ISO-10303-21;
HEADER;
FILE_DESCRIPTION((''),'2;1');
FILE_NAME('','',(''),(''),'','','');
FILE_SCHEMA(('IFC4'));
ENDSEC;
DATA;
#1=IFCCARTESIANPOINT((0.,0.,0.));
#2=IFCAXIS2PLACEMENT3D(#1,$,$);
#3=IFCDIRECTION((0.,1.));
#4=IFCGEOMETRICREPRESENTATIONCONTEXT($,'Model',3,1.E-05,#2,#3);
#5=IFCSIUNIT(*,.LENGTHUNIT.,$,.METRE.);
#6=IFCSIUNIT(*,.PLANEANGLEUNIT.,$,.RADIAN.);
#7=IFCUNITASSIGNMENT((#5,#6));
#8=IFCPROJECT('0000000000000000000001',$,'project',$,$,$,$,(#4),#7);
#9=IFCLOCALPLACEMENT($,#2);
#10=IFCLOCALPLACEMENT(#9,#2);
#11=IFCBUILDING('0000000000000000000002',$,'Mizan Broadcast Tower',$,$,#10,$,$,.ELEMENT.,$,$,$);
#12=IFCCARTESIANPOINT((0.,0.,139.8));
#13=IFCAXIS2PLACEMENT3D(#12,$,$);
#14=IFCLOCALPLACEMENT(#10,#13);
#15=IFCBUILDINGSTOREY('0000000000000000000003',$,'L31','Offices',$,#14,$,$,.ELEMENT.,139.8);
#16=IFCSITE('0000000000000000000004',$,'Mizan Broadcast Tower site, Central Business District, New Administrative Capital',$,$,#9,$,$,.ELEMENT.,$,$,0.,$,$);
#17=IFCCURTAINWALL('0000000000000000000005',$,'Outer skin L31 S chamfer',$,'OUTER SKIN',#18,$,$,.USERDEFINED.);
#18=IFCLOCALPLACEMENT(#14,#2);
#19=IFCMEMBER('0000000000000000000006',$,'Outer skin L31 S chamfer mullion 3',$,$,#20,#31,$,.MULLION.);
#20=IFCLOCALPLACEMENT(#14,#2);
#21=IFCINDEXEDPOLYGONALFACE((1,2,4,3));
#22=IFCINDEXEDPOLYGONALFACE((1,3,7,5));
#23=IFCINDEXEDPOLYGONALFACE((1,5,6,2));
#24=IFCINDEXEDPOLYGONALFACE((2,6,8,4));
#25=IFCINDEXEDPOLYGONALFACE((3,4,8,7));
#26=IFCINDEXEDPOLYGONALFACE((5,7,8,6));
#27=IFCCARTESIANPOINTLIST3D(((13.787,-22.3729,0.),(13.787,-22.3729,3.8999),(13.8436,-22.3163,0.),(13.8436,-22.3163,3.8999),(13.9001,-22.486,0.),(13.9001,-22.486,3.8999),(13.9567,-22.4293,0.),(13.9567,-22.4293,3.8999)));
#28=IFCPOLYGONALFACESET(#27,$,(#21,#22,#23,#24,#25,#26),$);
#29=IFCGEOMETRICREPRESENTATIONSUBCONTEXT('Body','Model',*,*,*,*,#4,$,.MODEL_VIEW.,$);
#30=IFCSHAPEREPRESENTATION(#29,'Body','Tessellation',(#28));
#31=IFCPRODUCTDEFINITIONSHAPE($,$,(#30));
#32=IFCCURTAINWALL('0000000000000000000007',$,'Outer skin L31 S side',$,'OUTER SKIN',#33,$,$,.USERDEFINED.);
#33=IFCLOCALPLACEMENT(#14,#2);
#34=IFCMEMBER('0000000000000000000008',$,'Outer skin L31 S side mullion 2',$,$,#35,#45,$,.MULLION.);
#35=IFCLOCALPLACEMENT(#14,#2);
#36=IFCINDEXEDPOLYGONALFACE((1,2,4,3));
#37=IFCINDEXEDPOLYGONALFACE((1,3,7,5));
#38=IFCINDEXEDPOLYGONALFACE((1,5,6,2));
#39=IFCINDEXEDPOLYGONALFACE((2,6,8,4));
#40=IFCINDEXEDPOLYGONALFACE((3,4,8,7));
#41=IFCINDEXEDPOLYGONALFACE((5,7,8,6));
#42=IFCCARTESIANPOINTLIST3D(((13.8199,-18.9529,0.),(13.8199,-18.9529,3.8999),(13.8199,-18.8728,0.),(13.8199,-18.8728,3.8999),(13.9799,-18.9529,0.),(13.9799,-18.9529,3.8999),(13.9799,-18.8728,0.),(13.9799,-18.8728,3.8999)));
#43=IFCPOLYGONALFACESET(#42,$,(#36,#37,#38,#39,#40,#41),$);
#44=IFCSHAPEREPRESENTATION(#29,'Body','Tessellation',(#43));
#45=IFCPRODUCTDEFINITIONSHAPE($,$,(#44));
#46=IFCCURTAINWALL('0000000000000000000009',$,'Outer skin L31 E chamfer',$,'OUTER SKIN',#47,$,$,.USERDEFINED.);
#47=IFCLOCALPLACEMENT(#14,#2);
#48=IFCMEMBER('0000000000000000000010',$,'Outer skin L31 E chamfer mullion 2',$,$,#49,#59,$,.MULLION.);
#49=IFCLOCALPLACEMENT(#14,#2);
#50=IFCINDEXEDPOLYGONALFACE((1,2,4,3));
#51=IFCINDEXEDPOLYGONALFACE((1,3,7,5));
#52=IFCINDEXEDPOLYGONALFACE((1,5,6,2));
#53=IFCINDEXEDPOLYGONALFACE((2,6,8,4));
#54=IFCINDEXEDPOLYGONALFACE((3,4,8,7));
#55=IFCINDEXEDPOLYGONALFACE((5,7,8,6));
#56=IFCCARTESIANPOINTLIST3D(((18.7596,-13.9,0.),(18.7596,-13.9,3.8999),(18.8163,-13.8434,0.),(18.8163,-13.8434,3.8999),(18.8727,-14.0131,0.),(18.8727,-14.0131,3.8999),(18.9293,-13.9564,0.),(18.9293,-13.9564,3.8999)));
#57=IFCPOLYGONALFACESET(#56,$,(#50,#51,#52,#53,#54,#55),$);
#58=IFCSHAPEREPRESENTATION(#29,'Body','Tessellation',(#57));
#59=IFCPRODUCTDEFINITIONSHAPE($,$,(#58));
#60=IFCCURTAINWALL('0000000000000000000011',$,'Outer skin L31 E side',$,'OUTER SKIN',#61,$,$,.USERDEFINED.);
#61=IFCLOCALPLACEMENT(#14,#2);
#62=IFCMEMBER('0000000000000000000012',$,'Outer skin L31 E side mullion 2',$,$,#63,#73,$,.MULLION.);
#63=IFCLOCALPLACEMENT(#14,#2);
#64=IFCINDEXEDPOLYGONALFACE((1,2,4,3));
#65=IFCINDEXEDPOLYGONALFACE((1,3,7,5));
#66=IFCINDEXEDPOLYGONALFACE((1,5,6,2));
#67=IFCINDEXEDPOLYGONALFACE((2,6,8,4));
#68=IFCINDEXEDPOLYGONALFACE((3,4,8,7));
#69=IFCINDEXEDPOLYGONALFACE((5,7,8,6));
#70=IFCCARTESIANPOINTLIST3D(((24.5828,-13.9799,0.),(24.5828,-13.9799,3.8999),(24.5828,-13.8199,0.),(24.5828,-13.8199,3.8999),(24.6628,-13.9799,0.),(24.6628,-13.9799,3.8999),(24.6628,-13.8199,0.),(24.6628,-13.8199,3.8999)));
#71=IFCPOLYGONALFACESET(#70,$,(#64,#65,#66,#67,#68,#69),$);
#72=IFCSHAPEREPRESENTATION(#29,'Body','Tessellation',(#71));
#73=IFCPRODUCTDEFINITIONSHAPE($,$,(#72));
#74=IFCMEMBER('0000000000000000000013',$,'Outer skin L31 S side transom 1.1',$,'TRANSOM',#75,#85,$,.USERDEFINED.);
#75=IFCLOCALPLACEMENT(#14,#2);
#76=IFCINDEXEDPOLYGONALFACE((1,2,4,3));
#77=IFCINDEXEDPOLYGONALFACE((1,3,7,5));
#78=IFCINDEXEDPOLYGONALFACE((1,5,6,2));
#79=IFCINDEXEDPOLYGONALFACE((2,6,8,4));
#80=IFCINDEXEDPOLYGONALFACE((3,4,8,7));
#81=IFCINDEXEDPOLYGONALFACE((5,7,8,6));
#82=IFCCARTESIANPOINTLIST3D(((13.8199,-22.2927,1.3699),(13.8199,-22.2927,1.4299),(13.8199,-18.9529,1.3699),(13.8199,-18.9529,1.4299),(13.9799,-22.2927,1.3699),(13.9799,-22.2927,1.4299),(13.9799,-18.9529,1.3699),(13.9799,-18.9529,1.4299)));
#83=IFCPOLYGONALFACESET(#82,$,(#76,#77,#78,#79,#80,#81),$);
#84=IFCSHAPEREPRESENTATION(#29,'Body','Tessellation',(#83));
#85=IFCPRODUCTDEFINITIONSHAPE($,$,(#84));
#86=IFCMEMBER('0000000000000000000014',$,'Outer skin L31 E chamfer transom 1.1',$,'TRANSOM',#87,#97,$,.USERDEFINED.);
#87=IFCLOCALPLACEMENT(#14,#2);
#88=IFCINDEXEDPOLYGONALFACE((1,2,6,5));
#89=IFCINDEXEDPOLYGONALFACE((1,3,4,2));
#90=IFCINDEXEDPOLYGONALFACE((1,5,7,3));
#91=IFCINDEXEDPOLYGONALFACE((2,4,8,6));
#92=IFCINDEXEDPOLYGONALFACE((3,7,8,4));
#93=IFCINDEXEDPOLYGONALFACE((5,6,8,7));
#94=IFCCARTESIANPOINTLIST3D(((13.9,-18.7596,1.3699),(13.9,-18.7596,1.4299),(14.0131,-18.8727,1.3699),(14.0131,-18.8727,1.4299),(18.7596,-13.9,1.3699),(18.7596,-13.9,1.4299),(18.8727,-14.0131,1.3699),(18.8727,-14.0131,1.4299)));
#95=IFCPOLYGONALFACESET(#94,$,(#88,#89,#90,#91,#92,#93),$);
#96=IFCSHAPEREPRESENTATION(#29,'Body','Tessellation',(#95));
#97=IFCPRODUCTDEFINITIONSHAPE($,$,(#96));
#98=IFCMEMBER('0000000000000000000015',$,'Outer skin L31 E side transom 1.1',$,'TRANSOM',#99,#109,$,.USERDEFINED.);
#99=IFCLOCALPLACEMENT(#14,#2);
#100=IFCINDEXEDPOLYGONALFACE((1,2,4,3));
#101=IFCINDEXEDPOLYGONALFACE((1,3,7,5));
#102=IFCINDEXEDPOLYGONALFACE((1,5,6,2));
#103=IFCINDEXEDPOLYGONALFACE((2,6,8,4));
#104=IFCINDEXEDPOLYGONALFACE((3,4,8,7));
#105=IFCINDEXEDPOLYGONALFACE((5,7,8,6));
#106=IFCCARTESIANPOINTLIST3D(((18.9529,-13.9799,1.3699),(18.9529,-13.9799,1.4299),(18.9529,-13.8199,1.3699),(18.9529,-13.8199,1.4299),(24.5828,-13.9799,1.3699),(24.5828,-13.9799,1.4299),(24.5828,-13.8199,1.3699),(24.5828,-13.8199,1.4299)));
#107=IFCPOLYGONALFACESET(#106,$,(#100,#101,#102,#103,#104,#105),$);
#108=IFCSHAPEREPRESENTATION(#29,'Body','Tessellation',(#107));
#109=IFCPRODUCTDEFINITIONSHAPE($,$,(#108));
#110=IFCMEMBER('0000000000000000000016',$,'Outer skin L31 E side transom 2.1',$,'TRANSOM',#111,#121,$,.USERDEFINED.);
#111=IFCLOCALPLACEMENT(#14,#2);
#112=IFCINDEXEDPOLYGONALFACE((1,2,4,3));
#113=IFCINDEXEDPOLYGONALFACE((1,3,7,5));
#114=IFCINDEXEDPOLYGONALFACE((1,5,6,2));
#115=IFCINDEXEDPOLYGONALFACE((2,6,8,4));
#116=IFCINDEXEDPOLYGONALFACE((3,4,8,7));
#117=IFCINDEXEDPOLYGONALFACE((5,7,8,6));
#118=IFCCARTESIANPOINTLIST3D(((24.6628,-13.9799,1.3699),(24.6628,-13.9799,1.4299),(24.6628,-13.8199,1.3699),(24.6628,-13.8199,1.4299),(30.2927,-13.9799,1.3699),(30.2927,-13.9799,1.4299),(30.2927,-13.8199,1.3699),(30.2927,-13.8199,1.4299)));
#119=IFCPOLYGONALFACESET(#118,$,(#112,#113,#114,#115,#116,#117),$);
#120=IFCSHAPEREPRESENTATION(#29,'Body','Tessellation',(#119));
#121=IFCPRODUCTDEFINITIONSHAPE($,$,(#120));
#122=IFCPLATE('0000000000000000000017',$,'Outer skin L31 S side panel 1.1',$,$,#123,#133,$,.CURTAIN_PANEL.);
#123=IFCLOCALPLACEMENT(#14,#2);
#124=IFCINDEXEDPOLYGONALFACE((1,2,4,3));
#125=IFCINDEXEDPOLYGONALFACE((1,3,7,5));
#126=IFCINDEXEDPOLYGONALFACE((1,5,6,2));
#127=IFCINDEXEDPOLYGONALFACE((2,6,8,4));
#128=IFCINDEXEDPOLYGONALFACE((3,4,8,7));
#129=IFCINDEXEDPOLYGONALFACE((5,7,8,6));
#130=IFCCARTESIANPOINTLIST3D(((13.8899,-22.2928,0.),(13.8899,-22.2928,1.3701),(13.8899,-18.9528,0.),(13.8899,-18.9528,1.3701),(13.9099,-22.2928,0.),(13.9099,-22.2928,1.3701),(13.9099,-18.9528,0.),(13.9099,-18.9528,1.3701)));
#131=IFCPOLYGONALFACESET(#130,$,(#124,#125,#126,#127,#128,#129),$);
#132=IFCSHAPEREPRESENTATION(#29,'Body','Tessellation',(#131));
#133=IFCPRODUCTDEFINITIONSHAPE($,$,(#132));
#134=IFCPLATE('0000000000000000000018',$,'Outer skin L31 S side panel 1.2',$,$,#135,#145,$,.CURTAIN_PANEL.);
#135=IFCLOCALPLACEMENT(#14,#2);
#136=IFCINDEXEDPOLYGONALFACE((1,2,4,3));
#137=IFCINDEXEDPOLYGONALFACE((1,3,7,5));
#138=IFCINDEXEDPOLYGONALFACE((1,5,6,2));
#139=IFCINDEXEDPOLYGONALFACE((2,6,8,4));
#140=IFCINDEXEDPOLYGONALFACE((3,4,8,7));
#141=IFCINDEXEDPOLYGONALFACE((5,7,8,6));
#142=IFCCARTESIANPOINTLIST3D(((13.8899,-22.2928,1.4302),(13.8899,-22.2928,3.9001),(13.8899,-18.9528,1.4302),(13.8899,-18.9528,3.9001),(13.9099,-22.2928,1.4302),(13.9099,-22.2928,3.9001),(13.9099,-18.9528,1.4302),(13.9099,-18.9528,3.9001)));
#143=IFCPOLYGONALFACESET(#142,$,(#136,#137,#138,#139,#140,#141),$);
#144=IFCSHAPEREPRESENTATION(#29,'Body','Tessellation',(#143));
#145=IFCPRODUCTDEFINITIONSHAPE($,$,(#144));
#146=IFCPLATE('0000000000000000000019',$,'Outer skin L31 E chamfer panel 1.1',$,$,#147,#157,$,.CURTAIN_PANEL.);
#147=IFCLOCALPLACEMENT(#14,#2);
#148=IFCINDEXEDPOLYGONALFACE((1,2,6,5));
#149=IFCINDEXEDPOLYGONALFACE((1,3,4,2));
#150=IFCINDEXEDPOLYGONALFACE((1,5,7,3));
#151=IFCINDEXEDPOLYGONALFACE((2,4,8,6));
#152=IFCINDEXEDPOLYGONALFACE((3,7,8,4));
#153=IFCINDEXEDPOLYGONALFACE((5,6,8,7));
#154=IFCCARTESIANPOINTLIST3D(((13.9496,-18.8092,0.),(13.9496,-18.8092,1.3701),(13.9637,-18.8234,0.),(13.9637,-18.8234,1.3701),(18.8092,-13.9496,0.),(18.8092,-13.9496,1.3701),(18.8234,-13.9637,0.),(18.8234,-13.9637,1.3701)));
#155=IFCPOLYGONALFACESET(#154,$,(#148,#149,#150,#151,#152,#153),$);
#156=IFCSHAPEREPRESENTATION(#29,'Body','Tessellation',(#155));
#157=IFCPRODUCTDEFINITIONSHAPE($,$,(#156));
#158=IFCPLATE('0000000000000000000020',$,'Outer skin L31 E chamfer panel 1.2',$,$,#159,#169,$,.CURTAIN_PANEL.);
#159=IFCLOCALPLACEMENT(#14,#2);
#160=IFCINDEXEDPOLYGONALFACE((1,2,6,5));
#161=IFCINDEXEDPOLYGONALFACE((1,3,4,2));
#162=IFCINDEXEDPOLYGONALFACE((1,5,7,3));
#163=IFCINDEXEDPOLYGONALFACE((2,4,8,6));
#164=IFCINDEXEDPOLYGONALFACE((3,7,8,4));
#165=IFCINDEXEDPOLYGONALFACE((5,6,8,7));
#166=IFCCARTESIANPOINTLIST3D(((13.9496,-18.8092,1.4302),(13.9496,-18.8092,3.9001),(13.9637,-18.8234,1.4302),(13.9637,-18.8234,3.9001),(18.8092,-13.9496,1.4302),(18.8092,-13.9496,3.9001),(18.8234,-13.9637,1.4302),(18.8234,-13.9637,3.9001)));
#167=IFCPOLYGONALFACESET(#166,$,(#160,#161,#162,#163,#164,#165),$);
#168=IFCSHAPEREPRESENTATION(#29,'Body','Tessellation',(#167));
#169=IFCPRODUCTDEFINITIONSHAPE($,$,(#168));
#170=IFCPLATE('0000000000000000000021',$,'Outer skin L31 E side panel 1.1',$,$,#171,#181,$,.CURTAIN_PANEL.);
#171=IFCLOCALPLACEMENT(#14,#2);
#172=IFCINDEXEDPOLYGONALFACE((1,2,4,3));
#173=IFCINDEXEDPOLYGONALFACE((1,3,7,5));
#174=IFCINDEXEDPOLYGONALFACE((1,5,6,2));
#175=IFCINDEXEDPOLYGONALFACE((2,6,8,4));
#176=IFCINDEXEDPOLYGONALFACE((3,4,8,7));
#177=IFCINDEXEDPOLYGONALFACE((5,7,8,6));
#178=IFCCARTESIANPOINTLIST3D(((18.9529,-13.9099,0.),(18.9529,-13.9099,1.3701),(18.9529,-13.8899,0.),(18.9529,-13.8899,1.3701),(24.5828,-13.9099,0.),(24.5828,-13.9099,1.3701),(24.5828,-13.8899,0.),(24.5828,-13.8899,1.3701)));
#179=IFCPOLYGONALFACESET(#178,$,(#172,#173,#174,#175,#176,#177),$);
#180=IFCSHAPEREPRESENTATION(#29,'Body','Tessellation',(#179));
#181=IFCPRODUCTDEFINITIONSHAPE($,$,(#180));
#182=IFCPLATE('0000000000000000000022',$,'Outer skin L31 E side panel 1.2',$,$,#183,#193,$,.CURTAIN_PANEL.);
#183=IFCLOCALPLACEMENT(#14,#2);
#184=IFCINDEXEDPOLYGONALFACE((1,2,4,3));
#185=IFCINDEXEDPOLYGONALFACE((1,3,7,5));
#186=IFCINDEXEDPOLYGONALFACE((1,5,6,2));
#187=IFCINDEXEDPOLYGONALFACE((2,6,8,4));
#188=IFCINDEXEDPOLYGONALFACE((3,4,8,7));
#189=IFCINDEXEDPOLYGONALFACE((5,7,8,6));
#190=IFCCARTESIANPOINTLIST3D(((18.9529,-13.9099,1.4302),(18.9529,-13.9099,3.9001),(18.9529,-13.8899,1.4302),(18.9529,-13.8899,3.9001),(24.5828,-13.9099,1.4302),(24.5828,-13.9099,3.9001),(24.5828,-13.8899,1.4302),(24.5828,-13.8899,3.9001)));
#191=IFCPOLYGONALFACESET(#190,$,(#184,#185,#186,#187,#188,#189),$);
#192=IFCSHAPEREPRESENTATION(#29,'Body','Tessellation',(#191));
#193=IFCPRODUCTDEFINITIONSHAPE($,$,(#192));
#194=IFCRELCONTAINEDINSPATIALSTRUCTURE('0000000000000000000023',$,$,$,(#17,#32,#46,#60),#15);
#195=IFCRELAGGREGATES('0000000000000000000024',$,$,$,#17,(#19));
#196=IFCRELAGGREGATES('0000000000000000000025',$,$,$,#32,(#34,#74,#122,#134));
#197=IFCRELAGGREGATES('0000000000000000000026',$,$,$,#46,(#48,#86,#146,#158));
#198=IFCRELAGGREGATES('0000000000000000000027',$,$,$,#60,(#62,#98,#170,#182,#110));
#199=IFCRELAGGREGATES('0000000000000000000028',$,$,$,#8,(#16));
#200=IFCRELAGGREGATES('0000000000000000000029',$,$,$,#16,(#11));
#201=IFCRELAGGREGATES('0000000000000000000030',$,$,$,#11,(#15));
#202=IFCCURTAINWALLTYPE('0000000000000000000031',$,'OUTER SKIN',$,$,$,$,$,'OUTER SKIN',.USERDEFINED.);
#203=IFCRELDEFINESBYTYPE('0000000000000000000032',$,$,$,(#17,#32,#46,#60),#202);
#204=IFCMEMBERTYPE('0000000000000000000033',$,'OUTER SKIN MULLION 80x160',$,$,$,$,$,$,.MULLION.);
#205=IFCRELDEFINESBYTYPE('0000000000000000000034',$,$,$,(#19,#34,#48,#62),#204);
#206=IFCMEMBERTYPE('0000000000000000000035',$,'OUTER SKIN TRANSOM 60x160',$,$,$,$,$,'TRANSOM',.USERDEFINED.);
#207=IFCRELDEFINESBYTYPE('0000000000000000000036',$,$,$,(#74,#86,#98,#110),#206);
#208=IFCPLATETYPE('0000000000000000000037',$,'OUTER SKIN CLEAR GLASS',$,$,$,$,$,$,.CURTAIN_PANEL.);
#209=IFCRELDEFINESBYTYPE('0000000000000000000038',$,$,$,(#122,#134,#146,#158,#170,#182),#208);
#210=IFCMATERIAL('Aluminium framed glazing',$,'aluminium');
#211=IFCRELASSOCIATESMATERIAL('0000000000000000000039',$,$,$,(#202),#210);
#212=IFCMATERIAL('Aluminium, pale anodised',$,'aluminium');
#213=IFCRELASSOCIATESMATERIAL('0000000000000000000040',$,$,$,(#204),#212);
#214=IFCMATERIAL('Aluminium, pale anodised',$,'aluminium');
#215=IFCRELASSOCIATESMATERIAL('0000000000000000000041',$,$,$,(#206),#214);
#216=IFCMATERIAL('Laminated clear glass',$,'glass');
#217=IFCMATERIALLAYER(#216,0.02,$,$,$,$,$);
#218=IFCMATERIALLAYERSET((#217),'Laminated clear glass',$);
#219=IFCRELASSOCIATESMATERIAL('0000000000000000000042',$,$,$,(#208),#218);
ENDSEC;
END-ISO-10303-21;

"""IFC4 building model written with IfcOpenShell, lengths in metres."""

from ifc_helpers import new_model, si_unit, direction, frame, origin, origin_2d, place, context, subcontext, project, spatial, rectangle, extrude, material, layer, layer_set, material_profile, profile_set, type_object, element, aggregate, save


model = new_model("IFC4")

# Units and contexts
model_context = context("Model", 3, precision=1e-05, world=origin(), true_north=direction((0.0, 1.0)))
body_context = subcontext(model_context, "Body", "Model", "MODEL_VIEW")
ifc_project = project(units=[si_unit("LENGTHUNIT", "METRE"), si_unit("PLANEANGLEUNIT", "RADIAN")], contexts=[model_context])

# Site, building, storey
site_placement = place(None, origin())
site = spatial("IfcSite", under=ifc_project, at=site_placement, Name="Mizan Broadcast Tower site, Central Business District, New Administrative Capital", CompositionType="ELEMENT", RefElevation=0.0)
building_placement = place(site_placement, origin())
building = spatial("IfcBuilding", under=site, at=building_placement, Name="Mizan Broadcast Tower", CompositionType="ELEMENT")
storey_placement = place(building_placement, frame((0.0, 0.0, 139.8)))
storey = spatial("IfcBuildingStorey", under=building, at=storey_placement, Name="L31", Description="Offices", CompositionType="ELEMENT", Elevation=139.8)

# Curtain walls, members
ifc_material_1 = material(Name="Aluminium framed glazing", Category="aluminium")
curtain_wall_type = type_object("IfcCurtainWallType", Name="OUTER SKIN", ElementType="OUTER SKIN", PredefinedType="USERDEFINED", material=ifc_material_1)
curtain_wall_1_placement = place(storey_placement, origin())
curtain_wall_1 = element("IfcCurtainWall", 1, at=curtain_wall_1_placement, inside=storey, type_object=curtain_wall_type, Name="Outer skin L31 S chamfer", ObjectType="OUTER SKIN", PredefinedType="USERDEFINED")
ifc_material_2 = material(Name="Aluminium, pale anodised", Category="aluminium")
ifc_material_profile_1 = material_profile(ifc_material_2, rectangle(XDim=0.1599, YDim=0.0801, at=origin_2d()), Name="MULLION 160x80")
ifc_profile_set_1 = profile_set([ifc_material_profile_1], Name="Aluminium, pale anodised")
member_type_1 = type_object("IfcMemberType", Name="OUTER SKIN MULLION 80x160", PredefinedType="MULLION", material=ifc_profile_set_1)
member_1_placement = place(storey_placement, frame((13.8718, -22.4011, 0.0), z_axis=(0.0, 0.0, 1.0), x_axis=(-0.707107, 0.707107, 0.0)))
member_1 = element("IfcMember", 2, at=member_1_placement, type_object=member_type_1, Name="Outer skin L31 S chamfer mullion 3", PredefinedType="MULLION", context=body_context, shape_type="SweptSolid", body=[
    extrude(rectangle(XDim=0.1599, YDim=0.0801, at=origin_2d()), origin(), (0.0, 0.0, 1.0), 3.8999),
])
aggregate(curtain_wall_1, [member_1])
curtain_wall_2_placement = place(storey_placement, origin())
curtain_wall_2 = element("IfcCurtainWall", 3, at=curtain_wall_2_placement, inside=storey, type_object=curtain_wall_type, Name="Outer skin L31 S side", ObjectType="OUTER SKIN", PredefinedType="USERDEFINED")
member_2_placement = place(storey_placement, frame((13.8999, -18.9128, 0.0), z_axis=(0.0, 0.0, 1.0), x_axis=(-1.0, 0.0, 0.0)))
member_2 = element("IfcMember", 4, at=member_2_placement, type_object=member_type_1, Name="Outer skin L31 S side mullion 2", PredefinedType="MULLION", context=body_context, shape_type="SweptSolid", body=[
    extrude(rectangle(XDim=0.1599, YDim=0.0801, at=origin_2d()), origin(), (0.0, 0.0, 1.0), 3.8999),
])
curtain_wall_3_placement = place(storey_placement, origin())
curtain_wall_3 = element("IfcCurtainWall", 5, at=curtain_wall_3_placement, inside=storey, type_object=curtain_wall_type, Name="Outer skin L31 E chamfer", ObjectType="OUTER SKIN", PredefinedType="USERDEFINED")
member_3_placement = place(storey_placement, frame((18.8445, -13.9282, 0.0), z_axis=(0.0, 0.0, 1.0), x_axis=(-0.707107, 0.707107, 0.0)))
member_3 = element("IfcMember", 6, at=member_3_placement, type_object=member_type_1, Name="Outer skin L31 E chamfer mullion 2", PredefinedType="MULLION", context=body_context, shape_type="SweptSolid", body=[
    extrude(rectangle(XDim=0.1599, YDim=0.0801, at=origin_2d()), origin(), (0.0, 0.0, 1.0), 3.8999),
])
curtain_wall_4_placement = place(storey_placement, origin())
curtain_wall_4 = element("IfcCurtainWall", 7, at=curtain_wall_4_placement, inside=storey, type_object=curtain_wall_type, Name="Outer skin L31 E side", ObjectType="OUTER SKIN", PredefinedType="USERDEFINED")
member_4_placement = place(storey_placement, frame((24.6228, -13.8999, 0.0), z_axis=(0.0, 0.0, 1.0), x_axis=(0.0, 1.0, 0.0)))
member_4 = element("IfcMember", 8, at=member_4_placement, type_object=member_type_1, Name="Outer skin L31 E side mullion 2", PredefinedType="MULLION", context=body_context, shape_type="SweptSolid", body=[
    extrude(rectangle(XDim=0.1599, YDim=0.0801, at=origin_2d()), origin(), (0.0, 0.0, 1.0), 3.8999),
])

# Members
ifc_material_3 = material(Name="Aluminium, pale anodised", Category="aluminium")
ifc_material_profile_2 = material_profile(ifc_material_3, rectangle(XDim=0.1599, YDim=0.0601, at=origin_2d()), Name="TRANSOM 160x60")
ifc_profile_set_2 = profile_set([ifc_material_profile_2], Name="Aluminium, pale anodised")
member_type_2 = type_object("IfcMemberType", Name="OUTER SKIN TRANSOM 60x160", ElementType="TRANSOM", PredefinedType="USERDEFINED", material=ifc_profile_set_2)
member_5_placement = place(storey_placement, frame((13.8999, -22.2927, 1.3999), z_axis=(0.0, 1.0, 0.0), x_axis=(-1.0, 0.0, 0.0)))
member_5 = element("IfcMember", 9, at=member_5_placement, type_object=member_type_2, Name="Outer skin L31 S side transom 1.1", ObjectType="TRANSOM", PredefinedType="USERDEFINED", context=body_context, shape_type="SweptSolid", body=[
    extrude(rectangle(XDim=0.1599, YDim=0.0601, at=origin_2d()), origin(), (0.0, 0.0, 1.0), 3.3398),
])
member_6_placement = place(storey_placement, frame((13.9565, -18.8162, 1.3999), z_axis=(0.707107, 0.707107, 0.0), x_axis=(-0.707107, 0.707107, 0.0)))
member_6 = element("IfcMember", 10, at=member_6_placement, type_object=member_type_2, Name="Outer skin L31 E chamfer transom 1.1", ObjectType="TRANSOM", PredefinedType="USERDEFINED", context=body_context, shape_type="SweptSolid", body=[
    extrude(rectangle(XDim=0.1599, YDim=0.0601, at=origin_2d()), origin(), (0.0, 0.0, 1.0), 6.8726),
])
member_7_placement = place(storey_placement, frame((18.9529, -13.8999, 1.3999), z_axis=(1.0, 0.0, 0.0), x_axis=(0.0, 1.0, 0.0)))
member_7 = element("IfcMember", 11, at=member_7_placement, type_object=member_type_2, Name="Outer skin L31 E side transom 1.1", ObjectType="TRANSOM", PredefinedType="USERDEFINED", context=body_context, shape_type="SweptSolid", body=[
    extrude(rectangle(XDim=0.1599, YDim=0.0601, at=origin_2d()), origin(), (0.0, 0.0, 1.0), 5.6299),
])
member_8_placement = place(storey_placement, frame((24.6628, -13.8999, 1.3999), z_axis=(1.0, 0.0, 0.0), x_axis=(0.0, 1.0, 0.0)))
member_8 = element("IfcMember", 12, at=member_8_placement, type_object=member_type_2, Name="Outer skin L31 E side transom 2.1", ObjectType="TRANSOM", PredefinedType="USERDEFINED", context=body_context, shape_type="SweptSolid", body=[
    extrude(rectangle(XDim=0.1599, YDim=0.0601, at=origin_2d()), origin(), (0.0, 0.0, 1.0), 5.6299),
])

# Plates
ifc_material_4 = material(Name="Laminated clear glass", Category="glass")
ifc_layer = layer(ifc_material_4, 0.02)
ifc_layer_set = layer_set([ifc_layer], Name="Laminated clear glass")
plate_type = type_object("IfcPlateType", Name="OUTER SKIN CLEAR GLASS", PredefinedType="CURTAIN_PANEL", material=ifc_layer_set)
plate_1_placement = place(storey_placement, frame((13.8999, -20.6228, 0.0), z_axis=(0.0, 0.0, 1.0), x_axis=(0.0, 1.0, 0.0)))
plate_1 = element("IfcPlate", 13, at=plate_1_placement, type_object=plate_type, Name="Outer skin L31 S side panel 1.1", PredefinedType="CURTAIN_PANEL", context=body_context, shape_type="SweptSolid", body=[
    extrude(rectangle(XDim=3.3401, YDim=0.02, at=origin_2d()), origin(), (0.0, 0.0, 1.0), 1.3701),
])
plate_2_placement = place(storey_placement, frame((13.8999, -20.6228, 1.4302), z_axis=(0.0, 0.0, 1.0), x_axis=(0.0, 1.0, 0.0)))
plate_2 = element("IfcPlate", 14, at=plate_2_placement, type_object=plate_type, Name="Outer skin L31 S side panel 1.2", PredefinedType="CURTAIN_PANEL", context=body_context, shape_type="SweptSolid", body=[
    extrude(rectangle(XDim=3.3401, YDim=0.02, at=origin_2d()), origin(), (0.0, 0.0, 1.0), 2.47),
])
aggregate(curtain_wall_2, [member_2, member_5, plate_1, plate_2])
plate_3_placement = place(storey_placement, frame((16.3865, -16.3865, 0.0), z_axis=(0.0, 0.0, 1.0), x_axis=(0.707107, 0.707107, 0.0)))
plate_3 = element("IfcPlate", 15, at=plate_3_placement, type_object=plate_type, Name="Outer skin L31 E chamfer panel 1.1", PredefinedType="CURTAIN_PANEL", context=body_context, shape_type="SweptSolid", body=[
    extrude(rectangle(XDim=6.8726, YDim=0.02, at=origin_2d()), origin(), (0.0, 0.0, 1.0), 1.3701),
])
plate_4_placement = place(storey_placement, frame((16.3865, -16.3865, 1.4302), z_axis=(0.0, 0.0, 1.0), x_axis=(0.707107, 0.707107, 0.0)))
plate_4 = element("IfcPlate", 16, at=plate_4_placement, type_object=plate_type, Name="Outer skin L31 E chamfer panel 1.2", PredefinedType="CURTAIN_PANEL", context=body_context, shape_type="SweptSolid", body=[
    extrude(rectangle(XDim=6.8726, YDim=0.02, at=origin_2d()), origin(), (0.0, 0.0, 1.0), 2.47),
])
aggregate(curtain_wall_3, [member_3, member_6, plate_3, plate_4])
plate_5_placement = place(storey_placement, frame((21.7678, -13.8999, 0.0), z_axis=(0.0, 0.0, 1.0), x_axis=(1.0, 0.0, 0.0)))
plate_5 = element("IfcPlate", 17, at=plate_5_placement, type_object=plate_type, Name="Outer skin L31 E side panel 1.1", PredefinedType="CURTAIN_PANEL", context=body_context, shape_type="SweptSolid", body=[
    extrude(rectangle(XDim=5.6299, YDim=0.02, at=origin_2d()), origin(), (0.0, 0.0, 1.0), 1.3701),
])
plate_6_placement = place(storey_placement, frame((21.7678, -13.8999, 1.4302), z_axis=(0.0, 0.0, 1.0), x_axis=(1.0, 0.0, 0.0)))
plate_6 = element("IfcPlate", 18, at=plate_6_placement, type_object=plate_type, Name="Outer skin L31 E side panel 1.2", PredefinedType="CURTAIN_PANEL", context=body_context, shape_type="SweptSolid", body=[
    extrude(rectangle(XDim=5.6299, YDim=0.02, at=origin_2d()), origin(), (0.0, 0.0, 1.0), 2.47),
])
aggregate(curtain_wall_4, [member_4, member_7, plate_5, plate_6, member_8])

save(model, "model.ifc")
